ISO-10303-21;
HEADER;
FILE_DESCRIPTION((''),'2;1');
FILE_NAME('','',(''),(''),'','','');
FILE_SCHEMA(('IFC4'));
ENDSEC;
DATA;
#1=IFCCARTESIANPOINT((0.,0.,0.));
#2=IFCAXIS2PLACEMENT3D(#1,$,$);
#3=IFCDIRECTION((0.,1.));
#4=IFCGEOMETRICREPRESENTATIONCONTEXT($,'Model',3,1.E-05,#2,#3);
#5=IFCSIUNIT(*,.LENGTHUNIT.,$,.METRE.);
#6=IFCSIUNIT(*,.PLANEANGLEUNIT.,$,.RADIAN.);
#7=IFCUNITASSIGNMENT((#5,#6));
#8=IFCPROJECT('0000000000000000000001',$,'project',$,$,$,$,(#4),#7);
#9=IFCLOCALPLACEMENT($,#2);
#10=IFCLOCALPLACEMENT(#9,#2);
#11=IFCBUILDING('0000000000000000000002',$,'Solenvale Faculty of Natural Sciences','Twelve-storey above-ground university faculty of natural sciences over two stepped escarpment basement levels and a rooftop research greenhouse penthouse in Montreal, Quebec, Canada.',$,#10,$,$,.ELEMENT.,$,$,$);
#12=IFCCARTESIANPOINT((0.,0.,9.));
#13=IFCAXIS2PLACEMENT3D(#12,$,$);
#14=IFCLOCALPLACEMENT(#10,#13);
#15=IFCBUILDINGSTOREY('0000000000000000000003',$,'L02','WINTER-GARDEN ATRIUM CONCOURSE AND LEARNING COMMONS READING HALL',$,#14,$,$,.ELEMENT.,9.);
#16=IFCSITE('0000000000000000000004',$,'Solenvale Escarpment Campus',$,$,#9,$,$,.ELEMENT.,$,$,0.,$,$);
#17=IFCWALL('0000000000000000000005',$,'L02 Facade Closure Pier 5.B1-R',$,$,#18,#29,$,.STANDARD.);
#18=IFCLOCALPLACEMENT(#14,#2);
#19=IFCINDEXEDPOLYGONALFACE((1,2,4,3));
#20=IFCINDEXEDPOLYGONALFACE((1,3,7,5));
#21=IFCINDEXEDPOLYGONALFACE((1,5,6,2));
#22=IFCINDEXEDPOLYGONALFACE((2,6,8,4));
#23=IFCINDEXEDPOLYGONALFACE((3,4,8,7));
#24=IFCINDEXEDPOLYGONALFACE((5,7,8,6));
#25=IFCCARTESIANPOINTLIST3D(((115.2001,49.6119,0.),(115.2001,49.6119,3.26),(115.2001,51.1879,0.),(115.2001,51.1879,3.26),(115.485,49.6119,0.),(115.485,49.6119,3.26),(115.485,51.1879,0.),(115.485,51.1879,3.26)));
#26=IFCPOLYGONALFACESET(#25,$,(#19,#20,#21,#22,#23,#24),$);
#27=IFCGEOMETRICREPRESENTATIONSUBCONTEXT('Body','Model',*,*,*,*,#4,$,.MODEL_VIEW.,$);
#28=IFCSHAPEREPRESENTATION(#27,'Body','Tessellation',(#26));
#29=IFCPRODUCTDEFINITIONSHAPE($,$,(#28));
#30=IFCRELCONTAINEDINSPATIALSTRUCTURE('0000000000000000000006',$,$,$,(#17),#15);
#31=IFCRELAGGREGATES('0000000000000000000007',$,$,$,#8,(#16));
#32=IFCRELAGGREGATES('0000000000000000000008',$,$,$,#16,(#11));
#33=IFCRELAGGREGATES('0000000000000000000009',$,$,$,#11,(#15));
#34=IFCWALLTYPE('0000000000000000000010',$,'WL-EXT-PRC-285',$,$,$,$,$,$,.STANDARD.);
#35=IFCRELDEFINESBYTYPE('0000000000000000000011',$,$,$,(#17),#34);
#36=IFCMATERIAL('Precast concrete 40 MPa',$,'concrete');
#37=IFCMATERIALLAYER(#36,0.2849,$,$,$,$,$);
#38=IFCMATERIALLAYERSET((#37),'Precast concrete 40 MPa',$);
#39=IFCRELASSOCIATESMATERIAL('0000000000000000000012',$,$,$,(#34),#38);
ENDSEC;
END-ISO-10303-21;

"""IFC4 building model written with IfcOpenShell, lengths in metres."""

from ifc_helpers import new_model, si_unit, direction, frame, frame_2d, origin, place, context, subcontext, project, spatial, rectangle, extrude, material, layer, layer_set, type_object, element, save


model = new_model("IFC4")

# Units and contexts
model_context = context("Model", 3, precision=1e-05, world=origin(), true_north=direction((0.0, 1.0)))
body_context = subcontext(model_context, "Body", "Model", "MODEL_VIEW")
ifc_project = project(units=[si_unit("LENGTHUNIT", "METRE"), si_unit("PLANEANGLEUNIT", "RADIAN")], contexts=[model_context])

# Site, building, storey
site_placement = place(None, origin())
site = spatial("IfcSite", under=ifc_project, at=site_placement, Name="Solenvale Escarpment Campus", CompositionType="ELEMENT", RefElevation=0.0)
building_placement = place(site_placement, origin())
building = spatial("IfcBuilding", under=site, at=building_placement, Name="Solenvale Faculty of Natural Sciences", Description="Twelve-storey above-ground university faculty of natural sciences over two stepped escarpment basement levels and a rooftop research greenhouse penthouse in Montreal, Quebec, Canada.", CompositionType="ELEMENT")
storey_placement = place(building_placement, frame((0.0, 0.0, 9.0)))
storey = spatial("IfcBuildingStorey", under=building, at=storey_placement, Name="L02", Description="WINTER-GARDEN ATRIUM CONCOURSE AND LEARNING COMMONS READING HALL", CompositionType="ELEMENT", Elevation=9.0)

# Wall
ifc_material_1 = material(Name="Precast concrete 40 MPa", Category="concrete")
ifc_layer_1 = layer(ifc_material_1, 0.2849)
ifc_layer_set_1 = layer_set([ifc_layer_1], Name="Precast concrete 40 MPa")
wall_type = type_object("IfcWallType", Name="WL-EXT-PRC-285", PredefinedType="STANDARD", material=ifc_layer_set_1)
wall_placement = place(storey_placement, frame((115.3425, 51.188, 0.0), z_axis=(0.0, 0.0, 1.0), x_axis=(0.0, -1.0, 0.0)))
element("IfcWall", 1, at=wall_placement, inside=storey, type_object=wall_type, Name="L02 Facade Closure Pier 5.B1-R", PredefinedType="STANDARD", context=body_context, shape_type="SweptSolid", body=[
    extrude(rectangle(XDim=1.5759, YDim=0.2849, at=frame_2d((0.7881, 0.0))), origin(), (0.0, 0.0, 1.0), 3.26),
])

save(model, "model.ifc")
